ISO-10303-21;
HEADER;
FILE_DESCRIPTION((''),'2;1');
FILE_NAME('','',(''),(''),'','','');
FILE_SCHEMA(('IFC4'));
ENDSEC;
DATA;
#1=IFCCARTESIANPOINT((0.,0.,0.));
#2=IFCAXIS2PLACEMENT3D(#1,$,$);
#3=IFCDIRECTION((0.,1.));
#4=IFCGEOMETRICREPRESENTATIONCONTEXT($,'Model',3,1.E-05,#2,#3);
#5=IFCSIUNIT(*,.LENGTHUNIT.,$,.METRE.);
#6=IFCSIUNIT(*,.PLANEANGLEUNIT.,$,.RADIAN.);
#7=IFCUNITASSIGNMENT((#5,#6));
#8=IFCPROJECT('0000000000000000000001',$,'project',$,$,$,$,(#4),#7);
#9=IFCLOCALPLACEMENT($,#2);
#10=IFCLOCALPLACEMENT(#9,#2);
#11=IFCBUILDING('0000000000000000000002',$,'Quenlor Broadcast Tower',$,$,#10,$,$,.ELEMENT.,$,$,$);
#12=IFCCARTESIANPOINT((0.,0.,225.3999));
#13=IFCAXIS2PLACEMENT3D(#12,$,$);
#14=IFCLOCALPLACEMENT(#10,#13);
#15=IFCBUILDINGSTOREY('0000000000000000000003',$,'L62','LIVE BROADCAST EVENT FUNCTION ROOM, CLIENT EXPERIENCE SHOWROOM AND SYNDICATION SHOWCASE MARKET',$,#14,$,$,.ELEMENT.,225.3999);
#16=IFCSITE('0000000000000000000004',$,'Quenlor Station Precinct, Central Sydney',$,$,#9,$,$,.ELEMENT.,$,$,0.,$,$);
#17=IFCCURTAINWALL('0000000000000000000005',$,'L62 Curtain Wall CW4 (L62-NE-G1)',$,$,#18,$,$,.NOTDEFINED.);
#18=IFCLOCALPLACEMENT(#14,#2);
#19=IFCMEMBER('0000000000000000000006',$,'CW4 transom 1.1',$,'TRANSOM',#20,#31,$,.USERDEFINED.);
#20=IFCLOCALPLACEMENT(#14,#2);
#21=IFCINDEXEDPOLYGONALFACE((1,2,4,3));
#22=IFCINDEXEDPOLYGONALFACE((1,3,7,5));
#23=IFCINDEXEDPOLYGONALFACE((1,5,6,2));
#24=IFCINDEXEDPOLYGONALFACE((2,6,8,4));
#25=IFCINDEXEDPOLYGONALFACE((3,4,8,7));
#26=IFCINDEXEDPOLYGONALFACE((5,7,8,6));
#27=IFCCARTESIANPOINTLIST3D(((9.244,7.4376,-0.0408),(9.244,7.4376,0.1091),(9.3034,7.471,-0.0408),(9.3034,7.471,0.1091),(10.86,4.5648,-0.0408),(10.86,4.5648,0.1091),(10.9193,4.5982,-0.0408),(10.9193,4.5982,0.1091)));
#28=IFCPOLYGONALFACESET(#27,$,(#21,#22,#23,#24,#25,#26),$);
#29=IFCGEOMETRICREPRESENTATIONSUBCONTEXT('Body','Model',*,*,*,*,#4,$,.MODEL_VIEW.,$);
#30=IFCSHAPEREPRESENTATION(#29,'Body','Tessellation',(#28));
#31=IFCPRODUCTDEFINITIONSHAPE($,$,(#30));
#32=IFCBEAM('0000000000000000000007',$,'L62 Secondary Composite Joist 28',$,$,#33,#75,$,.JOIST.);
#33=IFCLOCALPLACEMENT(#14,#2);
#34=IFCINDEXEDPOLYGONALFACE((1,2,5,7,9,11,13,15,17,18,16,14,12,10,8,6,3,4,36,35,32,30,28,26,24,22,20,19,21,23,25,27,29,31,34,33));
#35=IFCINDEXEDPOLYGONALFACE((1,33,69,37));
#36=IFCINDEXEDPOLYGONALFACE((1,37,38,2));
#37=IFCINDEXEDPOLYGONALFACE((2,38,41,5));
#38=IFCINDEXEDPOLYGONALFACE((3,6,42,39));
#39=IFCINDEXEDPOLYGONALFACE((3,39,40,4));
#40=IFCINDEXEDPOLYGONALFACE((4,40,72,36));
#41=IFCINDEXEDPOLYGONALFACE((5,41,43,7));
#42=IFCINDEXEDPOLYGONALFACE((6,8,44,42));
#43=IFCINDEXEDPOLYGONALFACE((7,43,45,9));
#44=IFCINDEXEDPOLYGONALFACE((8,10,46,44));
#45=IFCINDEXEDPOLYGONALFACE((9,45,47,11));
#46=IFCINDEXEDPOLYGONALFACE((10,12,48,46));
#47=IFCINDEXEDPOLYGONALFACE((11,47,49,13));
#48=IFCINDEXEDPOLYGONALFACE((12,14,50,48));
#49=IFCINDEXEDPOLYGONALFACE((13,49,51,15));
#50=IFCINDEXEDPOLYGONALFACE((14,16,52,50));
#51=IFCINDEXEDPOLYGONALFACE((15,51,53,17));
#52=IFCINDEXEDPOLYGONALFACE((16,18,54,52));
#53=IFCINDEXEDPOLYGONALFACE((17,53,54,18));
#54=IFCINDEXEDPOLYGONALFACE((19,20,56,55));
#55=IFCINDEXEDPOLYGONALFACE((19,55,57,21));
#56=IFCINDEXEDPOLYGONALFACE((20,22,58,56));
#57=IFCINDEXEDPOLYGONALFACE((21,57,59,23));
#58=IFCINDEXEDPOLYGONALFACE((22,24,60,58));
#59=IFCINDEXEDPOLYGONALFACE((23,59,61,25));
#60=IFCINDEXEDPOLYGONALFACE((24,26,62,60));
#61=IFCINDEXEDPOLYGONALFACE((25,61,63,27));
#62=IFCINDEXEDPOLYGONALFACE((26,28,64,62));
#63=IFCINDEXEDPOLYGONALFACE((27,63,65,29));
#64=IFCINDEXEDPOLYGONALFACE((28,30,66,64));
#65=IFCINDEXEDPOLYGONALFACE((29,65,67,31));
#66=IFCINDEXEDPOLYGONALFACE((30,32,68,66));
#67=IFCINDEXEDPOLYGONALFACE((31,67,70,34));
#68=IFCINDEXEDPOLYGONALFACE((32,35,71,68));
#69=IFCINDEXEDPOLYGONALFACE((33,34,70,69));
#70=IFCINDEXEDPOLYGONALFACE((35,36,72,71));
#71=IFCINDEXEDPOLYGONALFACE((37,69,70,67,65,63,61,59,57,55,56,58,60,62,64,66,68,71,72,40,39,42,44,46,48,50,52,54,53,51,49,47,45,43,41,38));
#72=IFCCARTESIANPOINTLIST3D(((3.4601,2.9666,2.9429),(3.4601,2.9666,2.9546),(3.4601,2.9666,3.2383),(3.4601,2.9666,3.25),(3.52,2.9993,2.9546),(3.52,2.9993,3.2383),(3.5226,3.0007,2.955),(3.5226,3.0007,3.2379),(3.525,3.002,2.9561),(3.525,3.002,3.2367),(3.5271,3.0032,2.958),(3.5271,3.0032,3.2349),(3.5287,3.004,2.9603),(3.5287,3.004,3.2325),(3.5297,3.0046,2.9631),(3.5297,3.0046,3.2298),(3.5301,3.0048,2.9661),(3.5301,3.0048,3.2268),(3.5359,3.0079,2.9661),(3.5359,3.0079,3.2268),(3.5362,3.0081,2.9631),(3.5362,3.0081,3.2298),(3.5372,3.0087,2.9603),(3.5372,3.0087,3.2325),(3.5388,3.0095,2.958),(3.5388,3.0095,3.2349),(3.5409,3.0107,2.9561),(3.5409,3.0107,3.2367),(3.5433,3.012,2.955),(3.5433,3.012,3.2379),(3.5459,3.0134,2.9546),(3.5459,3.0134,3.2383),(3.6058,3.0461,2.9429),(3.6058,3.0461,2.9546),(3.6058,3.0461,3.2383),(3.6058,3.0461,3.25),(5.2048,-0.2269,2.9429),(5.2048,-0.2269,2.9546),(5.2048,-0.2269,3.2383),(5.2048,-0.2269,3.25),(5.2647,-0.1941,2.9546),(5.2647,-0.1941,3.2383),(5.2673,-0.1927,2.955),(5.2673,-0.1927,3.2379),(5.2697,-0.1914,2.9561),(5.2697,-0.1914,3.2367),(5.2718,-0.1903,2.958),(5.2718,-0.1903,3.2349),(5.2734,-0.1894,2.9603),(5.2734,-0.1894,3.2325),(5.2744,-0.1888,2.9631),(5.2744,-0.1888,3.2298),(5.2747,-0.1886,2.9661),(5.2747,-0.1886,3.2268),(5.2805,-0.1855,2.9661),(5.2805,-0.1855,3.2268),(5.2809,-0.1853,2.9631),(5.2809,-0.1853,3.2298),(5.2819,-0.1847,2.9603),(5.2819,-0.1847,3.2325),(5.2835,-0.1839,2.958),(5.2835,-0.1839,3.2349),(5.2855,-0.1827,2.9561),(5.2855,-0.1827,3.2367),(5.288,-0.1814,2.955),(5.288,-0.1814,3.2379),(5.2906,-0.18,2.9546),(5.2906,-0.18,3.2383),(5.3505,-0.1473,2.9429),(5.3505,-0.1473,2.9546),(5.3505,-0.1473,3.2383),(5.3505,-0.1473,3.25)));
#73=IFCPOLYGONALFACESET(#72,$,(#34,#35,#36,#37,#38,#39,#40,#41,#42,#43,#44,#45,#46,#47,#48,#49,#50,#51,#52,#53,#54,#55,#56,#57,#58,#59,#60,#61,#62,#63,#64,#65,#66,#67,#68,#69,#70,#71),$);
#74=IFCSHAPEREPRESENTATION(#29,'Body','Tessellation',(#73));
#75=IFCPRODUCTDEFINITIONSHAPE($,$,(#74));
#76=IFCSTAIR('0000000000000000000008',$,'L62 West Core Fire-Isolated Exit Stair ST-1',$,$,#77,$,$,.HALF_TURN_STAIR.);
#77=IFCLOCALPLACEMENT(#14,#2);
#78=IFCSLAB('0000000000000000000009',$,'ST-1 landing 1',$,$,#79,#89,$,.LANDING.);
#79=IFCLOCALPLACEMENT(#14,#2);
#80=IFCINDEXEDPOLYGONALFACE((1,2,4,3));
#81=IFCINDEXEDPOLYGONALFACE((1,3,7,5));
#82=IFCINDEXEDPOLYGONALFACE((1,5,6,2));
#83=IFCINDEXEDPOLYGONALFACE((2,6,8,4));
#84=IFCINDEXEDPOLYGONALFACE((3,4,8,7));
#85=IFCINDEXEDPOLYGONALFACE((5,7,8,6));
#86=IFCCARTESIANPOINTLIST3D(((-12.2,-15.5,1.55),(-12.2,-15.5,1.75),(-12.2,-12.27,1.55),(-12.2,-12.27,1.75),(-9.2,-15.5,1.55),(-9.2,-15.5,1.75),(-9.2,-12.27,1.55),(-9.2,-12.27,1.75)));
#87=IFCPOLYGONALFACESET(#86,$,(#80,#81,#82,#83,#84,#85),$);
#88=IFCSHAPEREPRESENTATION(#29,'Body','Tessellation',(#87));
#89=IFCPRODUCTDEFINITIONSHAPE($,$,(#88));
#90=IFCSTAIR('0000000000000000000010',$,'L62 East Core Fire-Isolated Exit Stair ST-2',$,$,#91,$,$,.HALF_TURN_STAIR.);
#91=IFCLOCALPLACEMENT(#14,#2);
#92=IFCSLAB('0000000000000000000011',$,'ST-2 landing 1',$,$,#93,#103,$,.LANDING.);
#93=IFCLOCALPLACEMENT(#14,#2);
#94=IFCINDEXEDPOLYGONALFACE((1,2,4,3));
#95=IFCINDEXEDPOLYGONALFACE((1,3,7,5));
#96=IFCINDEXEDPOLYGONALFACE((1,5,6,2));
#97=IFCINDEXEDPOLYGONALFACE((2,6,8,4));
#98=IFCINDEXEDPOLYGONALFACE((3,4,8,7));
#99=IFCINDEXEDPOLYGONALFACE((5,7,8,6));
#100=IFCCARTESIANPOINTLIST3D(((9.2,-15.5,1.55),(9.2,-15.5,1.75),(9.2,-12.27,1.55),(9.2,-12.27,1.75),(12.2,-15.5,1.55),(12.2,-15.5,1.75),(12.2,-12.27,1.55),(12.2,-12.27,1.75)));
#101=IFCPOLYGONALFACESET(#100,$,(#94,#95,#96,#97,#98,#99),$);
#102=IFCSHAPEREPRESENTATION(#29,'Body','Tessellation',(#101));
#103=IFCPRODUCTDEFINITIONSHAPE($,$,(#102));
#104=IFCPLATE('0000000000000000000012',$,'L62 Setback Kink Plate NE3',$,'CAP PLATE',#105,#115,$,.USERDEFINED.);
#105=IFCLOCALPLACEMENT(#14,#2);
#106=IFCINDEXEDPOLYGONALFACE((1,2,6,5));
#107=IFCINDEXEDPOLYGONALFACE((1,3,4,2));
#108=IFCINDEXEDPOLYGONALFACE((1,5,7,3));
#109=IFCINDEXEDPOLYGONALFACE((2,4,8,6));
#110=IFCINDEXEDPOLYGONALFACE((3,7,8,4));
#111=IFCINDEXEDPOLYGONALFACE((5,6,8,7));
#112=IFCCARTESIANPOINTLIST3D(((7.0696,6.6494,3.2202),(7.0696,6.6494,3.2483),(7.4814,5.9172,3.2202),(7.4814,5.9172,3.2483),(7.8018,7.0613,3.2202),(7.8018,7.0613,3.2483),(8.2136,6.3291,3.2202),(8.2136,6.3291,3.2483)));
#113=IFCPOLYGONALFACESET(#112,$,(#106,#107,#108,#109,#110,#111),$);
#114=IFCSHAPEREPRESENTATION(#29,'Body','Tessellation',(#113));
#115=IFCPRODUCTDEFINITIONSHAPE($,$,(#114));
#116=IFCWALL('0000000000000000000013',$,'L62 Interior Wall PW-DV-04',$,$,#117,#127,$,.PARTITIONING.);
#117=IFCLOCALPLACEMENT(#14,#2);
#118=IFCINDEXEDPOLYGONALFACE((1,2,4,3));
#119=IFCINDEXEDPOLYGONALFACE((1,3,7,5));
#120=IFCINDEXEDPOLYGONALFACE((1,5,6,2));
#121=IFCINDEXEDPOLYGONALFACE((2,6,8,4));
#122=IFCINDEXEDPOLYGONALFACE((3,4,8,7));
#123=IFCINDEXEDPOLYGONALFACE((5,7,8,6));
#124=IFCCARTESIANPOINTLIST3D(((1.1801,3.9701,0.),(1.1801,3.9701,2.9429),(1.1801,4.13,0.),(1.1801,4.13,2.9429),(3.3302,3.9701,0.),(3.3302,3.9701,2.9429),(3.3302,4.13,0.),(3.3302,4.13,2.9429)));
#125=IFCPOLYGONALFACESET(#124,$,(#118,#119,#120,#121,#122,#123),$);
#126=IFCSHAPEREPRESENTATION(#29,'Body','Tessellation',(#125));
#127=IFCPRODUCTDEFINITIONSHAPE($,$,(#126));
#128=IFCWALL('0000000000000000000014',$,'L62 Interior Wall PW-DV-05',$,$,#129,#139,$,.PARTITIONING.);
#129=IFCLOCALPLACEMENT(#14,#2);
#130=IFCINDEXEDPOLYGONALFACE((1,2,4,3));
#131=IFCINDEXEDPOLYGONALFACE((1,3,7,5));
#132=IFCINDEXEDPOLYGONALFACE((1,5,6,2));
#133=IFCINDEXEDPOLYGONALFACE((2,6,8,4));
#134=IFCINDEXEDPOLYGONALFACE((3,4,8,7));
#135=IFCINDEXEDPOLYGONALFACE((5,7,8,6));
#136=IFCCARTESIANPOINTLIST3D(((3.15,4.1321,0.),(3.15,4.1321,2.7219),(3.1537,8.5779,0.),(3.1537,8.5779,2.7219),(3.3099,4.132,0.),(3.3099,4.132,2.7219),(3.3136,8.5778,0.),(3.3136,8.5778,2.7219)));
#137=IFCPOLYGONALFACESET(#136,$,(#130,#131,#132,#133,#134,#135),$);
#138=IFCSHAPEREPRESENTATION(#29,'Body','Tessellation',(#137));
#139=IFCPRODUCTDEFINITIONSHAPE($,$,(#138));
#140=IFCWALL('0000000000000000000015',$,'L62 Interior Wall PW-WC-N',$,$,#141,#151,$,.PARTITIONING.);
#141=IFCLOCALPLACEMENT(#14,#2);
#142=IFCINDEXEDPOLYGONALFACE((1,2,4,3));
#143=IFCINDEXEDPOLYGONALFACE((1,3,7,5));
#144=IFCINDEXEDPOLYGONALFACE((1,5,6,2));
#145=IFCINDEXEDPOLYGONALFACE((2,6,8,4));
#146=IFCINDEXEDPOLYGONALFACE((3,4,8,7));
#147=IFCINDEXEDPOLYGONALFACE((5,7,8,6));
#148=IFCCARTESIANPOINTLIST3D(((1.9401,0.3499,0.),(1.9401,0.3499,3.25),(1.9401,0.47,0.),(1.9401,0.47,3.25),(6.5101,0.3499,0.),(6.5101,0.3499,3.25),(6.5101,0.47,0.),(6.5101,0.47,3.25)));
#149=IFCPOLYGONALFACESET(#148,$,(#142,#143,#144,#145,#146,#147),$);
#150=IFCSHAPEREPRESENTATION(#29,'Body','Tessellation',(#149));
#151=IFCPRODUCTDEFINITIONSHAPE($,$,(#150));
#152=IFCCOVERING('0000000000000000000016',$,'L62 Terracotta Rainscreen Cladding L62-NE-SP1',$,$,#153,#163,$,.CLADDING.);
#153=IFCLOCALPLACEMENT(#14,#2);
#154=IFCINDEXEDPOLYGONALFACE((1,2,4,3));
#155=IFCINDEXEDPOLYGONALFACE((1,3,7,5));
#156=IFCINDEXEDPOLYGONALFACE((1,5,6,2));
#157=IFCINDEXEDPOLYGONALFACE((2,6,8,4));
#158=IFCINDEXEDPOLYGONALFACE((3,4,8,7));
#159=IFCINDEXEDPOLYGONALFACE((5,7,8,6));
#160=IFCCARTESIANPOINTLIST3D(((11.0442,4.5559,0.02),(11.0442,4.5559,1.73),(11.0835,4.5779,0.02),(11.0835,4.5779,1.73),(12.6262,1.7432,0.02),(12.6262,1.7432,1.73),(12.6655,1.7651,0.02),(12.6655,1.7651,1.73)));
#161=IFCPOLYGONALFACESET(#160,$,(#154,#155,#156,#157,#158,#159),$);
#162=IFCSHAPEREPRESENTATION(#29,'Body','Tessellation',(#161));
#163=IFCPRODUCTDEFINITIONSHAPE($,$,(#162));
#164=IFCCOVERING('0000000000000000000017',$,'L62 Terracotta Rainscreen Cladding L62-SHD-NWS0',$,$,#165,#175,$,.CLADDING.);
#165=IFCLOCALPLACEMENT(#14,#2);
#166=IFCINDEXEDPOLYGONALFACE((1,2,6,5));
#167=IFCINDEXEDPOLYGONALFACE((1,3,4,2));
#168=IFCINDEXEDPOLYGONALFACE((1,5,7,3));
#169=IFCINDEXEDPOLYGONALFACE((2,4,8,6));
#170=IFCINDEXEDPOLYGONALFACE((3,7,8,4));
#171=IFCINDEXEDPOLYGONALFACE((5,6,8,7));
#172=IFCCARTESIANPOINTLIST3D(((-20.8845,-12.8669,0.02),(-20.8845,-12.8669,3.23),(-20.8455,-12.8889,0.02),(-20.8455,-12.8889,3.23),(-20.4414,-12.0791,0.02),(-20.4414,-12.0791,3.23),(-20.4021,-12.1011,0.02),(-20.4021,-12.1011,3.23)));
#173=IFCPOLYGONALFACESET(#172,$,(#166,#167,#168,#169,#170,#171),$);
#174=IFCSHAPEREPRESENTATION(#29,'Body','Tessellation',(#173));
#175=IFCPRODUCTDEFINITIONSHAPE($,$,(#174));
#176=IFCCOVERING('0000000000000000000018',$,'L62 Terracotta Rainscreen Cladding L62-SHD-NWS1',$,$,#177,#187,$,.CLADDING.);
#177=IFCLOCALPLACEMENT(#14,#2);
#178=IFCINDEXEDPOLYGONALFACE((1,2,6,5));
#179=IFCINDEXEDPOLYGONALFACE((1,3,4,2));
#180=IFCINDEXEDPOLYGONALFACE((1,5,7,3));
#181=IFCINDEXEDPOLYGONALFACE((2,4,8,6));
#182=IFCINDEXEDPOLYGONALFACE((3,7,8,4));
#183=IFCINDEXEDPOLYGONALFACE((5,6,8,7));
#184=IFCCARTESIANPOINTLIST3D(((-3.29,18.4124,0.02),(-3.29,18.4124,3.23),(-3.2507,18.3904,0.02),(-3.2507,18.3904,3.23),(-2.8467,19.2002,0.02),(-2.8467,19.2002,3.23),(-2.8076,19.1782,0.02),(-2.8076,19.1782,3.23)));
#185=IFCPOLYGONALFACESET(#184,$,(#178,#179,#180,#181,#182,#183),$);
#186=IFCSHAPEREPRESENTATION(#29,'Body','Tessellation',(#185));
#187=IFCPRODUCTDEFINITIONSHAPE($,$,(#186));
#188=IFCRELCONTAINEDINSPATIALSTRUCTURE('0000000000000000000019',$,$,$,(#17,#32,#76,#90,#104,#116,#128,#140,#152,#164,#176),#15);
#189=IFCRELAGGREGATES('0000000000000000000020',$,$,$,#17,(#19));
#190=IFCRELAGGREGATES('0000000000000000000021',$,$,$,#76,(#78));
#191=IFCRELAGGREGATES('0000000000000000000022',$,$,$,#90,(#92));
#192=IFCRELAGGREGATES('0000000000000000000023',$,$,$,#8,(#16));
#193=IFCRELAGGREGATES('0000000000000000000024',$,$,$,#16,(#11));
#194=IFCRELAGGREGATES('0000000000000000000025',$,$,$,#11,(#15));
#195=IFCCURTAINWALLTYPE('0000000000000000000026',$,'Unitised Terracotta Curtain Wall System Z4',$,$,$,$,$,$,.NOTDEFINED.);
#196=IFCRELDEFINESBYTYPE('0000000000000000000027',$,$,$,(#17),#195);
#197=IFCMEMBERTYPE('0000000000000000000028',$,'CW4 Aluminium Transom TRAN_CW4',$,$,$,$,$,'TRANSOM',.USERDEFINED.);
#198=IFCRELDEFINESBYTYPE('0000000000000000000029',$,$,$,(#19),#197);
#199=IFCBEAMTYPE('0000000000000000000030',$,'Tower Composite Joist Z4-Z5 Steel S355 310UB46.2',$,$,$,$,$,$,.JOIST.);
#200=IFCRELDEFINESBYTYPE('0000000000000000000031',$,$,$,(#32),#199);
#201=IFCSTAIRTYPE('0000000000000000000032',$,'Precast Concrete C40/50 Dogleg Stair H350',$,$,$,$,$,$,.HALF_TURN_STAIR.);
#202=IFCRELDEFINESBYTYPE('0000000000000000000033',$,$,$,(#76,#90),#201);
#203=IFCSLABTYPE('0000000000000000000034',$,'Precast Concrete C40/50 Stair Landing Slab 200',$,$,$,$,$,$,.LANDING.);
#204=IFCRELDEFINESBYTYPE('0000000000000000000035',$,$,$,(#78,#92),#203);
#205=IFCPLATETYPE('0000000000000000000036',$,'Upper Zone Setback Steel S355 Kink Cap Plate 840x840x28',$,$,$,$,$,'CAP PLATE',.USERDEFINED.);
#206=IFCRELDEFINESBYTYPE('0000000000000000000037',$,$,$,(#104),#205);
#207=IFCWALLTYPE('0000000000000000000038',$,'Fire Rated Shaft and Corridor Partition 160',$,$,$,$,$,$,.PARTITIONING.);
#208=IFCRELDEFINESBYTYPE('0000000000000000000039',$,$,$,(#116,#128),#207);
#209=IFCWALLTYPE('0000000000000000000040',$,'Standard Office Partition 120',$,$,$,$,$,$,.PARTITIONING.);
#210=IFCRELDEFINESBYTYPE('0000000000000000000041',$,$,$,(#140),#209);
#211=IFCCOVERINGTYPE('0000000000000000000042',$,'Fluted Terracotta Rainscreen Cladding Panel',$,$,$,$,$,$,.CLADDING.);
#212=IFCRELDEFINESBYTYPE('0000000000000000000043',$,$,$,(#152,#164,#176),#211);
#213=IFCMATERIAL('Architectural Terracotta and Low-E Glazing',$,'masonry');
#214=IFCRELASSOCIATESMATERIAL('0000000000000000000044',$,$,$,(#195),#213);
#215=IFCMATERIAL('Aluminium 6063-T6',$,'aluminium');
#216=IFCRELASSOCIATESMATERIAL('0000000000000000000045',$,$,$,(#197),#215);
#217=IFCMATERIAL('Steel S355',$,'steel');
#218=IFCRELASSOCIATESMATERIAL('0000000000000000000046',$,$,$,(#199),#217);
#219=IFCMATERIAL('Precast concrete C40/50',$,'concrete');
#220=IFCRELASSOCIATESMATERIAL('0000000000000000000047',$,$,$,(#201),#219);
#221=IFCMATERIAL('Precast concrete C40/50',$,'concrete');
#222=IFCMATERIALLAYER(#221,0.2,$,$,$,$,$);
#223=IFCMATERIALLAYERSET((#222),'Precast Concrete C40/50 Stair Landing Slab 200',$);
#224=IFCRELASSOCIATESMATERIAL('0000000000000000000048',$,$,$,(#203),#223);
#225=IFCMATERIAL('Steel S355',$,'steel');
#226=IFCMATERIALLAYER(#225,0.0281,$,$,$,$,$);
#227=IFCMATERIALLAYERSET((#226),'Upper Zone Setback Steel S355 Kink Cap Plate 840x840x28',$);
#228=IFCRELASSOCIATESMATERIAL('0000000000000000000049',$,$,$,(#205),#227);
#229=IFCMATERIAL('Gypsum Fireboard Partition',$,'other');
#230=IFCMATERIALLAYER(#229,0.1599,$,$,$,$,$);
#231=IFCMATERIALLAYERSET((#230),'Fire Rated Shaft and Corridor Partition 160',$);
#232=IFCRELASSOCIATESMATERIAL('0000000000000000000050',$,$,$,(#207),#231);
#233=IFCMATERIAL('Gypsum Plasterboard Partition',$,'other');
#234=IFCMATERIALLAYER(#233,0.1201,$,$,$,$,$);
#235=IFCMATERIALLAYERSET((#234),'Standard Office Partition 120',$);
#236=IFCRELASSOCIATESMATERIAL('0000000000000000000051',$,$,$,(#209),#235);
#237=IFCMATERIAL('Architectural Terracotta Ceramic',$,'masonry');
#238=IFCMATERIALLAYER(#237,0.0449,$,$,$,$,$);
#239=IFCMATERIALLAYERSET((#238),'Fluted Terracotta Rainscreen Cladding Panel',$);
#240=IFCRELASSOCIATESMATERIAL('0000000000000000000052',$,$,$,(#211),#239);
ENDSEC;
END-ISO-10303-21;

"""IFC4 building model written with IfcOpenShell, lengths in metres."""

from ifc_helpers import new_model, si_unit, direction, frame, frame_2d, origin, origin_2d, place, context, subcontext, project, spatial, polyline, rectangle, i_section, outline, extrude, material, layer, layer_set, material_profile, profile_set, type_object, element, aggregate, save


model = new_model("IFC4")

# Units and contexts
model_context = context("Model", 3, precision=1e-05, world=origin(), true_north=direction((0.0, 1.0)))
body_context = subcontext(model_context, "Body", "Model", "MODEL_VIEW")
ifc_project = project(units=[si_unit("LENGTHUNIT", "METRE"), si_unit("PLANEANGLEUNIT", "RADIAN")], contexts=[model_context])

# Site, building, storey
site_placement = place(None, origin())
site = spatial("IfcSite", under=ifc_project, at=site_placement, Name="Quenlor Station Precinct, Central Sydney", CompositionType="ELEMENT", RefElevation=0.0)
building_placement = place(site_placement, origin())
building = spatial("IfcBuilding", under=site, at=building_placement, Name="Quenlor Broadcast Tower", CompositionType="ELEMENT")
storey_placement = place(building_placement, frame((0.0, 0.0, 225.3999)))
storey = spatial("IfcBuildingStorey", under=building, at=storey_placement, Name="L62", Description="LIVE BROADCAST EVENT FUNCTION ROOM, CLIENT EXPERIENCE SHOWROOM AND SYNDICATION SHOWCASE MARKET", CompositionType="ELEMENT", Elevation=225.3999)

# Curtain wall, member
ifc_material_1 = material(Name="Architectural Terracotta and Low-E Glazing", Category="masonry")
curtain_wall_type = type_object("IfcCurtainWallType", Name="Unitised Terracotta Curtain Wall System Z4", PredefinedType="NOTDEFINED", material=ifc_material_1)
curtain_wall_placement = place(storey_placement, origin())
curtain_wall = element("IfcCurtainWall", 1, at=curtain_wall_placement, inside=storey, type_object=curtain_wall_type, Name="L62 Curtain Wall CW4 (L62-NE-G1)", PredefinedType="NOTDEFINED")
ifc_material_2 = material(Name="Aluminium 6063-T6", Category="aluminium")
ifc_material_profile_1 = material_profile(ifc_material_2, rectangle(XDim=0.0681, YDim=0.1499, at=origin_2d()))
ifc_profile_set_1 = profile_set([ifc_material_profile_1], Name="Aluminium 6063-T6 TRAN68x150")
member_type = type_object("IfcMemberType", Name="CW4 Aluminium Transom TRAN_CW4", ElementType="TRANSOM", PredefinedType="USERDEFINED", material=ifc_profile_set_1)
member_placement = place(storey_placement, frame((9.2737, 7.4543, 0.0342), z_axis=(0.490265, -0.871574, 0.0), x_axis=(0.871574, 0.490265, 0.0)))
member = element("IfcMember", 2, at=member_placement, type_object=member_type, Name="CW4 transom 1.1", ObjectType="TRANSOM", PredefinedType="USERDEFINED", context=body_context, shape_type="SweptSolid", body=[
    extrude(rectangle(XDim=0.0681, YDim=0.1499, at=origin_2d()), origin(), (0.0, 0.0, 1.0), 3.2961),
])
aggregate(curtain_wall, [member])

# Beam
ifc_material_3 = material(Name="Steel S355", Category="steel")
ifc_material_profile_2 = material_profile(ifc_material_3, i_section(OverallWidth=0.166, OverallDepth=0.3071, WebThickness=0.0066, FlangeThickness=0.0117, FilletRadius=0.0115, at=origin_2d()))
ifc_profile_set_2 = profile_set([ifc_material_profile_2], Name="Steel S355 310UB46.2")
beam_type = type_object("IfcBeamType", Name="Tower Composite Joist Z4-Z5 Steel S355 310UB46.2", PredefinedType="JOIST", material=ifc_profile_set_2)
beam_placement = place(storey_placement, frame((3.533, 3.0063, 3.0964), z_axis=(0.479444, -0.877572, 0.0), x_axis=(0.877572, 0.479444, 0.0)))
element("IfcBeam", 3, at=beam_placement, inside=storey, type_object=beam_type, Name="L62 Secondary Composite Joist 28", PredefinedType="JOIST", context=body_context, shape_type="SweptSolid", body=[
    extrude(i_section(OverallWidth=0.166, OverallDepth=0.3071, WebThickness=0.0066, FlangeThickness=0.0117, FilletRadius=0.0115, at=origin_2d()), origin(), (0.0, 0.0, 1.0), 3.6389),
])

# Stairs, slabs
ifc_material_4 = material(Name="Precast concrete C40/50", Category="concrete")
stair_type = type_object("IfcStairType", Name="Precast Concrete C40/50 Dogleg Stair H350", PredefinedType="HALF_TURN_STAIR", material=ifc_material_4)
stair_1_placement = place(storey_placement, origin())
stair_1 = element("IfcStair", 4, at=stair_1_placement, inside=storey, type_object=stair_type, Name="L62 West Core Fire-Isolated Exit Stair ST-1", PredefinedType="HALF_TURN_STAIR")
ifc_material_5 = material(Name="Precast concrete C40/50", Category="concrete")
ifc_layer_1 = layer(ifc_material_5, 0.2)
ifc_layer_set_1 = layer_set([ifc_layer_1], Name="Precast Concrete C40/50 Stair Landing Slab 200")
slab_type = type_object("IfcSlabType", Name="Precast Concrete C40/50 Stair Landing Slab 200", PredefinedType="LANDING", material=ifc_layer_set_1)
slab_1_placement = place(storey_placement, frame((0.0, 0.0, 1.55)))
slab_1 = element("IfcSlab", 5, at=slab_1_placement, type_object=slab_type, Name="ST-1 landing 1", PredefinedType="LANDING", context=body_context, shape_type="SweptSolid", body=[
    extrude(outline(polyline([(-12.2, -12.27), (-12.2, -15.5), (-9.2, -15.5), (-9.2, -12.27), (-12.2, -12.27)])), origin(), (0.0, 0.0, 1.0), 0.2),
])
aggregate(stair_1, [slab_1])
stair_2_placement = place(storey_placement, origin())
stair_2 = element("IfcStair", 6, at=stair_2_placement, inside=storey, type_object=stair_type, Name="L62 East Core Fire-Isolated Exit Stair ST-2", PredefinedType="HALF_TURN_STAIR")
slab_2_placement = place(storey_placement, frame((0.0, 0.0, 1.55)))
slab_2 = element("IfcSlab", 7, at=slab_2_placement, type_object=slab_type, Name="ST-2 landing 1", PredefinedType="LANDING", context=body_context, shape_type="SweptSolid", body=[
    extrude(outline(polyline([(9.2, -12.27), (9.2, -15.5), (12.2, -15.5), (12.2, -12.27), (9.2, -12.27)])), origin(), (0.0, 0.0, 1.0), 0.2),
])
aggregate(stair_2, [slab_2])

# Plate
ifc_material_6 = material(Name="Steel S355", Category="steel")
ifc_layer_2 = layer(ifc_material_6, 0.0281)
ifc_layer_set_2 = layer_set([ifc_layer_2], Name="Upper Zone Setback Steel S355 Kink Cap Plate 840x840x28")
plate_type = type_object("IfcPlateType", Name="Upper Zone Setback Steel S355 Kink Cap Plate 840x840x28", ElementType="CAP PLATE", PredefinedType="USERDEFINED", material=ifc_layer_set_2)
plate_placement = place(storey_placement, frame((7.6416, 6.4893, 3.2202), z_axis=(0.0, 0.0, 1.0), x_axis=(0.871575, 0.490262, 0.0)))
element("IfcPlate", 8, at=plate_placement, inside=storey, type_object=plate_type, Name="L62 Setback Kink Plate NE3", ObjectType="CAP PLATE", PredefinedType="USERDEFINED", context=body_context, shape_type="SweptSolid", body=[
    extrude(rectangle(XDim=0.8401, YDim=0.8401, at=origin_2d()), origin(), (0.0, 0.0, 1.0), 0.0281),
])

# Walls
ifc_material_7 = material(Name="Gypsum Fireboard Partition", Category="other")
ifc_layer_3 = layer(ifc_material_7, 0.1599)
ifc_layer_set_3 = layer_set([ifc_layer_3], Name="Fire Rated Shaft and Corridor Partition 160")
wall_type_1 = type_object("IfcWallType", Name="Fire Rated Shaft and Corridor Partition 160", PredefinedType="PARTITIONING", material=ifc_layer_set_3)
wall_1_placement = place(storey_placement, frame((1.1799, 4.05, 0.0), z_axis=(0.0, 0.0, 1.0), x_axis=(1.0, 0.0, 0.0)))
element("IfcWall", 9, at=wall_1_placement, inside=storey, type_object=wall_type_1, Name="L62 Interior Wall PW-DV-04", PredefinedType="PARTITIONING", context=body_context, shape_type="SweptSolid", body=[
    extrude(rectangle(XDim=2.1501, YDim=0.1599, at=frame_2d((1.0752, 0.0))), origin(), (0.0, 0.0, 1.0), 2.9429),
])
wall_2_placement = place(storey_placement, frame((3.23, 4.1321, 0.0), z_axis=(0.0, 0.0, 1.0), x_axis=(0.000824, 1.0, 0.0)))
element("IfcWall", 10, at=wall_2_placement, inside=storey, type_object=wall_type_1, Name="L62 Interior Wall PW-DV-05", PredefinedType="PARTITIONING", context=body_context, shape_type="SweptSolid", body=[
    extrude(rectangle(XDim=4.4458, YDim=0.1599, at=frame_2d((2.2229, 0.0))), origin(), (0.0, 0.0, 1.0), 2.7219),
])
ifc_material_8 = material(Name="Gypsum Plasterboard Partition", Category="other")
ifc_layer_4 = layer(ifc_material_8, 0.1201)
ifc_layer_set_4 = layer_set([ifc_layer_4], Name="Standard Office Partition 120")
wall_type_2 = type_object("IfcWallType", Name="Standard Office Partition 120", PredefinedType="PARTITIONING", material=ifc_layer_set_4)
wall_3_placement = place(storey_placement, frame((1.9399, 0.4099, 0.0), z_axis=(0.0, 0.0, 1.0), x_axis=(1.0, 0.0, 0.0)))
element("IfcWall", 11, at=wall_3_placement, inside=storey, type_object=wall_type_2, Name="L62 Interior Wall PW-WC-N", PredefinedType="PARTITIONING", context=body_context, shape_type="SweptSolid", body=[
    extrude(rectangle(XDim=4.5701, YDim=0.1201, at=frame_2d((2.2852, 0.0))), origin(), (0.0, 0.0, 1.0), 3.25),
])

# Coverings
ifc_material_9 = material(Name="Architectural Terracotta Ceramic", Category="masonry")
ifc_layer_5 = layer(ifc_material_9, 0.0449)
ifc_layer_set_5 = layer_set([ifc_layer_5], Name="Fluted Terracotta Rainscreen Cladding Panel")
covering_type = type_object("IfcCoveringType", Name="Fluted Terracotta Rainscreen Cladding Panel", PredefinedType="CLADDING", material=ifc_layer_set_5)
covering_1_placement = place(storey_placement, frame((0.0, 0.0, 0.02)))
element("IfcCovering", 12, at=covering_1_placement, inside=storey, type_object=covering_type, Name="L62 Terracotta Rainscreen Cladding L62-NE-SP1", PredefinedType="CLADDING", context=body_context, shape_type="SweptSolid", body=[
    extrude(outline(polyline([(11.0442, 4.5559), (12.6262, 1.7432), (12.6655, 1.7651), (11.0835, 4.5779), (11.0442, 4.5559)])), origin(), (0.0, 0.0, 1.0), 1.71),
])
covering_2_placement = place(storey_placement, frame((0.0, 0.0, 0.02)))
element("IfcCovering", 13, at=covering_2_placement, inside=storey, type_object=covering_type, Name="L62 Terracotta Rainscreen Cladding L62-SHD-NWS0", PredefinedType="CLADDING", context=body_context, shape_type="SweptSolid", body=[
    extrude(outline(polyline([(-20.8455, -12.8889), (-20.4021, -12.1011), (-20.4414, -12.0791), (-20.8845, -12.8669), (-20.8455, -12.8889)])), origin(), (0.0, 0.0, 1.0), 3.21),
])
covering_3_placement = place(storey_placement, frame((0.0, 0.0, 0.02)))
element("IfcCovering", 14, at=covering_3_placement, inside=storey, type_object=covering_type, Name="L62 Terracotta Rainscreen Cladding L62-SHD-NWS1", PredefinedType="CLADDING", context=body_context, shape_type="SweptSolid", body=[
    extrude(outline(polyline([(-3.2507, 18.3904), (-2.8076, 19.1782), (-2.8467, 19.2002), (-3.29, 18.4124), (-3.2507, 18.3904)])), origin(), (0.0, 0.0, 1.0), 3.21),
])

save(model, "model.ifc")
